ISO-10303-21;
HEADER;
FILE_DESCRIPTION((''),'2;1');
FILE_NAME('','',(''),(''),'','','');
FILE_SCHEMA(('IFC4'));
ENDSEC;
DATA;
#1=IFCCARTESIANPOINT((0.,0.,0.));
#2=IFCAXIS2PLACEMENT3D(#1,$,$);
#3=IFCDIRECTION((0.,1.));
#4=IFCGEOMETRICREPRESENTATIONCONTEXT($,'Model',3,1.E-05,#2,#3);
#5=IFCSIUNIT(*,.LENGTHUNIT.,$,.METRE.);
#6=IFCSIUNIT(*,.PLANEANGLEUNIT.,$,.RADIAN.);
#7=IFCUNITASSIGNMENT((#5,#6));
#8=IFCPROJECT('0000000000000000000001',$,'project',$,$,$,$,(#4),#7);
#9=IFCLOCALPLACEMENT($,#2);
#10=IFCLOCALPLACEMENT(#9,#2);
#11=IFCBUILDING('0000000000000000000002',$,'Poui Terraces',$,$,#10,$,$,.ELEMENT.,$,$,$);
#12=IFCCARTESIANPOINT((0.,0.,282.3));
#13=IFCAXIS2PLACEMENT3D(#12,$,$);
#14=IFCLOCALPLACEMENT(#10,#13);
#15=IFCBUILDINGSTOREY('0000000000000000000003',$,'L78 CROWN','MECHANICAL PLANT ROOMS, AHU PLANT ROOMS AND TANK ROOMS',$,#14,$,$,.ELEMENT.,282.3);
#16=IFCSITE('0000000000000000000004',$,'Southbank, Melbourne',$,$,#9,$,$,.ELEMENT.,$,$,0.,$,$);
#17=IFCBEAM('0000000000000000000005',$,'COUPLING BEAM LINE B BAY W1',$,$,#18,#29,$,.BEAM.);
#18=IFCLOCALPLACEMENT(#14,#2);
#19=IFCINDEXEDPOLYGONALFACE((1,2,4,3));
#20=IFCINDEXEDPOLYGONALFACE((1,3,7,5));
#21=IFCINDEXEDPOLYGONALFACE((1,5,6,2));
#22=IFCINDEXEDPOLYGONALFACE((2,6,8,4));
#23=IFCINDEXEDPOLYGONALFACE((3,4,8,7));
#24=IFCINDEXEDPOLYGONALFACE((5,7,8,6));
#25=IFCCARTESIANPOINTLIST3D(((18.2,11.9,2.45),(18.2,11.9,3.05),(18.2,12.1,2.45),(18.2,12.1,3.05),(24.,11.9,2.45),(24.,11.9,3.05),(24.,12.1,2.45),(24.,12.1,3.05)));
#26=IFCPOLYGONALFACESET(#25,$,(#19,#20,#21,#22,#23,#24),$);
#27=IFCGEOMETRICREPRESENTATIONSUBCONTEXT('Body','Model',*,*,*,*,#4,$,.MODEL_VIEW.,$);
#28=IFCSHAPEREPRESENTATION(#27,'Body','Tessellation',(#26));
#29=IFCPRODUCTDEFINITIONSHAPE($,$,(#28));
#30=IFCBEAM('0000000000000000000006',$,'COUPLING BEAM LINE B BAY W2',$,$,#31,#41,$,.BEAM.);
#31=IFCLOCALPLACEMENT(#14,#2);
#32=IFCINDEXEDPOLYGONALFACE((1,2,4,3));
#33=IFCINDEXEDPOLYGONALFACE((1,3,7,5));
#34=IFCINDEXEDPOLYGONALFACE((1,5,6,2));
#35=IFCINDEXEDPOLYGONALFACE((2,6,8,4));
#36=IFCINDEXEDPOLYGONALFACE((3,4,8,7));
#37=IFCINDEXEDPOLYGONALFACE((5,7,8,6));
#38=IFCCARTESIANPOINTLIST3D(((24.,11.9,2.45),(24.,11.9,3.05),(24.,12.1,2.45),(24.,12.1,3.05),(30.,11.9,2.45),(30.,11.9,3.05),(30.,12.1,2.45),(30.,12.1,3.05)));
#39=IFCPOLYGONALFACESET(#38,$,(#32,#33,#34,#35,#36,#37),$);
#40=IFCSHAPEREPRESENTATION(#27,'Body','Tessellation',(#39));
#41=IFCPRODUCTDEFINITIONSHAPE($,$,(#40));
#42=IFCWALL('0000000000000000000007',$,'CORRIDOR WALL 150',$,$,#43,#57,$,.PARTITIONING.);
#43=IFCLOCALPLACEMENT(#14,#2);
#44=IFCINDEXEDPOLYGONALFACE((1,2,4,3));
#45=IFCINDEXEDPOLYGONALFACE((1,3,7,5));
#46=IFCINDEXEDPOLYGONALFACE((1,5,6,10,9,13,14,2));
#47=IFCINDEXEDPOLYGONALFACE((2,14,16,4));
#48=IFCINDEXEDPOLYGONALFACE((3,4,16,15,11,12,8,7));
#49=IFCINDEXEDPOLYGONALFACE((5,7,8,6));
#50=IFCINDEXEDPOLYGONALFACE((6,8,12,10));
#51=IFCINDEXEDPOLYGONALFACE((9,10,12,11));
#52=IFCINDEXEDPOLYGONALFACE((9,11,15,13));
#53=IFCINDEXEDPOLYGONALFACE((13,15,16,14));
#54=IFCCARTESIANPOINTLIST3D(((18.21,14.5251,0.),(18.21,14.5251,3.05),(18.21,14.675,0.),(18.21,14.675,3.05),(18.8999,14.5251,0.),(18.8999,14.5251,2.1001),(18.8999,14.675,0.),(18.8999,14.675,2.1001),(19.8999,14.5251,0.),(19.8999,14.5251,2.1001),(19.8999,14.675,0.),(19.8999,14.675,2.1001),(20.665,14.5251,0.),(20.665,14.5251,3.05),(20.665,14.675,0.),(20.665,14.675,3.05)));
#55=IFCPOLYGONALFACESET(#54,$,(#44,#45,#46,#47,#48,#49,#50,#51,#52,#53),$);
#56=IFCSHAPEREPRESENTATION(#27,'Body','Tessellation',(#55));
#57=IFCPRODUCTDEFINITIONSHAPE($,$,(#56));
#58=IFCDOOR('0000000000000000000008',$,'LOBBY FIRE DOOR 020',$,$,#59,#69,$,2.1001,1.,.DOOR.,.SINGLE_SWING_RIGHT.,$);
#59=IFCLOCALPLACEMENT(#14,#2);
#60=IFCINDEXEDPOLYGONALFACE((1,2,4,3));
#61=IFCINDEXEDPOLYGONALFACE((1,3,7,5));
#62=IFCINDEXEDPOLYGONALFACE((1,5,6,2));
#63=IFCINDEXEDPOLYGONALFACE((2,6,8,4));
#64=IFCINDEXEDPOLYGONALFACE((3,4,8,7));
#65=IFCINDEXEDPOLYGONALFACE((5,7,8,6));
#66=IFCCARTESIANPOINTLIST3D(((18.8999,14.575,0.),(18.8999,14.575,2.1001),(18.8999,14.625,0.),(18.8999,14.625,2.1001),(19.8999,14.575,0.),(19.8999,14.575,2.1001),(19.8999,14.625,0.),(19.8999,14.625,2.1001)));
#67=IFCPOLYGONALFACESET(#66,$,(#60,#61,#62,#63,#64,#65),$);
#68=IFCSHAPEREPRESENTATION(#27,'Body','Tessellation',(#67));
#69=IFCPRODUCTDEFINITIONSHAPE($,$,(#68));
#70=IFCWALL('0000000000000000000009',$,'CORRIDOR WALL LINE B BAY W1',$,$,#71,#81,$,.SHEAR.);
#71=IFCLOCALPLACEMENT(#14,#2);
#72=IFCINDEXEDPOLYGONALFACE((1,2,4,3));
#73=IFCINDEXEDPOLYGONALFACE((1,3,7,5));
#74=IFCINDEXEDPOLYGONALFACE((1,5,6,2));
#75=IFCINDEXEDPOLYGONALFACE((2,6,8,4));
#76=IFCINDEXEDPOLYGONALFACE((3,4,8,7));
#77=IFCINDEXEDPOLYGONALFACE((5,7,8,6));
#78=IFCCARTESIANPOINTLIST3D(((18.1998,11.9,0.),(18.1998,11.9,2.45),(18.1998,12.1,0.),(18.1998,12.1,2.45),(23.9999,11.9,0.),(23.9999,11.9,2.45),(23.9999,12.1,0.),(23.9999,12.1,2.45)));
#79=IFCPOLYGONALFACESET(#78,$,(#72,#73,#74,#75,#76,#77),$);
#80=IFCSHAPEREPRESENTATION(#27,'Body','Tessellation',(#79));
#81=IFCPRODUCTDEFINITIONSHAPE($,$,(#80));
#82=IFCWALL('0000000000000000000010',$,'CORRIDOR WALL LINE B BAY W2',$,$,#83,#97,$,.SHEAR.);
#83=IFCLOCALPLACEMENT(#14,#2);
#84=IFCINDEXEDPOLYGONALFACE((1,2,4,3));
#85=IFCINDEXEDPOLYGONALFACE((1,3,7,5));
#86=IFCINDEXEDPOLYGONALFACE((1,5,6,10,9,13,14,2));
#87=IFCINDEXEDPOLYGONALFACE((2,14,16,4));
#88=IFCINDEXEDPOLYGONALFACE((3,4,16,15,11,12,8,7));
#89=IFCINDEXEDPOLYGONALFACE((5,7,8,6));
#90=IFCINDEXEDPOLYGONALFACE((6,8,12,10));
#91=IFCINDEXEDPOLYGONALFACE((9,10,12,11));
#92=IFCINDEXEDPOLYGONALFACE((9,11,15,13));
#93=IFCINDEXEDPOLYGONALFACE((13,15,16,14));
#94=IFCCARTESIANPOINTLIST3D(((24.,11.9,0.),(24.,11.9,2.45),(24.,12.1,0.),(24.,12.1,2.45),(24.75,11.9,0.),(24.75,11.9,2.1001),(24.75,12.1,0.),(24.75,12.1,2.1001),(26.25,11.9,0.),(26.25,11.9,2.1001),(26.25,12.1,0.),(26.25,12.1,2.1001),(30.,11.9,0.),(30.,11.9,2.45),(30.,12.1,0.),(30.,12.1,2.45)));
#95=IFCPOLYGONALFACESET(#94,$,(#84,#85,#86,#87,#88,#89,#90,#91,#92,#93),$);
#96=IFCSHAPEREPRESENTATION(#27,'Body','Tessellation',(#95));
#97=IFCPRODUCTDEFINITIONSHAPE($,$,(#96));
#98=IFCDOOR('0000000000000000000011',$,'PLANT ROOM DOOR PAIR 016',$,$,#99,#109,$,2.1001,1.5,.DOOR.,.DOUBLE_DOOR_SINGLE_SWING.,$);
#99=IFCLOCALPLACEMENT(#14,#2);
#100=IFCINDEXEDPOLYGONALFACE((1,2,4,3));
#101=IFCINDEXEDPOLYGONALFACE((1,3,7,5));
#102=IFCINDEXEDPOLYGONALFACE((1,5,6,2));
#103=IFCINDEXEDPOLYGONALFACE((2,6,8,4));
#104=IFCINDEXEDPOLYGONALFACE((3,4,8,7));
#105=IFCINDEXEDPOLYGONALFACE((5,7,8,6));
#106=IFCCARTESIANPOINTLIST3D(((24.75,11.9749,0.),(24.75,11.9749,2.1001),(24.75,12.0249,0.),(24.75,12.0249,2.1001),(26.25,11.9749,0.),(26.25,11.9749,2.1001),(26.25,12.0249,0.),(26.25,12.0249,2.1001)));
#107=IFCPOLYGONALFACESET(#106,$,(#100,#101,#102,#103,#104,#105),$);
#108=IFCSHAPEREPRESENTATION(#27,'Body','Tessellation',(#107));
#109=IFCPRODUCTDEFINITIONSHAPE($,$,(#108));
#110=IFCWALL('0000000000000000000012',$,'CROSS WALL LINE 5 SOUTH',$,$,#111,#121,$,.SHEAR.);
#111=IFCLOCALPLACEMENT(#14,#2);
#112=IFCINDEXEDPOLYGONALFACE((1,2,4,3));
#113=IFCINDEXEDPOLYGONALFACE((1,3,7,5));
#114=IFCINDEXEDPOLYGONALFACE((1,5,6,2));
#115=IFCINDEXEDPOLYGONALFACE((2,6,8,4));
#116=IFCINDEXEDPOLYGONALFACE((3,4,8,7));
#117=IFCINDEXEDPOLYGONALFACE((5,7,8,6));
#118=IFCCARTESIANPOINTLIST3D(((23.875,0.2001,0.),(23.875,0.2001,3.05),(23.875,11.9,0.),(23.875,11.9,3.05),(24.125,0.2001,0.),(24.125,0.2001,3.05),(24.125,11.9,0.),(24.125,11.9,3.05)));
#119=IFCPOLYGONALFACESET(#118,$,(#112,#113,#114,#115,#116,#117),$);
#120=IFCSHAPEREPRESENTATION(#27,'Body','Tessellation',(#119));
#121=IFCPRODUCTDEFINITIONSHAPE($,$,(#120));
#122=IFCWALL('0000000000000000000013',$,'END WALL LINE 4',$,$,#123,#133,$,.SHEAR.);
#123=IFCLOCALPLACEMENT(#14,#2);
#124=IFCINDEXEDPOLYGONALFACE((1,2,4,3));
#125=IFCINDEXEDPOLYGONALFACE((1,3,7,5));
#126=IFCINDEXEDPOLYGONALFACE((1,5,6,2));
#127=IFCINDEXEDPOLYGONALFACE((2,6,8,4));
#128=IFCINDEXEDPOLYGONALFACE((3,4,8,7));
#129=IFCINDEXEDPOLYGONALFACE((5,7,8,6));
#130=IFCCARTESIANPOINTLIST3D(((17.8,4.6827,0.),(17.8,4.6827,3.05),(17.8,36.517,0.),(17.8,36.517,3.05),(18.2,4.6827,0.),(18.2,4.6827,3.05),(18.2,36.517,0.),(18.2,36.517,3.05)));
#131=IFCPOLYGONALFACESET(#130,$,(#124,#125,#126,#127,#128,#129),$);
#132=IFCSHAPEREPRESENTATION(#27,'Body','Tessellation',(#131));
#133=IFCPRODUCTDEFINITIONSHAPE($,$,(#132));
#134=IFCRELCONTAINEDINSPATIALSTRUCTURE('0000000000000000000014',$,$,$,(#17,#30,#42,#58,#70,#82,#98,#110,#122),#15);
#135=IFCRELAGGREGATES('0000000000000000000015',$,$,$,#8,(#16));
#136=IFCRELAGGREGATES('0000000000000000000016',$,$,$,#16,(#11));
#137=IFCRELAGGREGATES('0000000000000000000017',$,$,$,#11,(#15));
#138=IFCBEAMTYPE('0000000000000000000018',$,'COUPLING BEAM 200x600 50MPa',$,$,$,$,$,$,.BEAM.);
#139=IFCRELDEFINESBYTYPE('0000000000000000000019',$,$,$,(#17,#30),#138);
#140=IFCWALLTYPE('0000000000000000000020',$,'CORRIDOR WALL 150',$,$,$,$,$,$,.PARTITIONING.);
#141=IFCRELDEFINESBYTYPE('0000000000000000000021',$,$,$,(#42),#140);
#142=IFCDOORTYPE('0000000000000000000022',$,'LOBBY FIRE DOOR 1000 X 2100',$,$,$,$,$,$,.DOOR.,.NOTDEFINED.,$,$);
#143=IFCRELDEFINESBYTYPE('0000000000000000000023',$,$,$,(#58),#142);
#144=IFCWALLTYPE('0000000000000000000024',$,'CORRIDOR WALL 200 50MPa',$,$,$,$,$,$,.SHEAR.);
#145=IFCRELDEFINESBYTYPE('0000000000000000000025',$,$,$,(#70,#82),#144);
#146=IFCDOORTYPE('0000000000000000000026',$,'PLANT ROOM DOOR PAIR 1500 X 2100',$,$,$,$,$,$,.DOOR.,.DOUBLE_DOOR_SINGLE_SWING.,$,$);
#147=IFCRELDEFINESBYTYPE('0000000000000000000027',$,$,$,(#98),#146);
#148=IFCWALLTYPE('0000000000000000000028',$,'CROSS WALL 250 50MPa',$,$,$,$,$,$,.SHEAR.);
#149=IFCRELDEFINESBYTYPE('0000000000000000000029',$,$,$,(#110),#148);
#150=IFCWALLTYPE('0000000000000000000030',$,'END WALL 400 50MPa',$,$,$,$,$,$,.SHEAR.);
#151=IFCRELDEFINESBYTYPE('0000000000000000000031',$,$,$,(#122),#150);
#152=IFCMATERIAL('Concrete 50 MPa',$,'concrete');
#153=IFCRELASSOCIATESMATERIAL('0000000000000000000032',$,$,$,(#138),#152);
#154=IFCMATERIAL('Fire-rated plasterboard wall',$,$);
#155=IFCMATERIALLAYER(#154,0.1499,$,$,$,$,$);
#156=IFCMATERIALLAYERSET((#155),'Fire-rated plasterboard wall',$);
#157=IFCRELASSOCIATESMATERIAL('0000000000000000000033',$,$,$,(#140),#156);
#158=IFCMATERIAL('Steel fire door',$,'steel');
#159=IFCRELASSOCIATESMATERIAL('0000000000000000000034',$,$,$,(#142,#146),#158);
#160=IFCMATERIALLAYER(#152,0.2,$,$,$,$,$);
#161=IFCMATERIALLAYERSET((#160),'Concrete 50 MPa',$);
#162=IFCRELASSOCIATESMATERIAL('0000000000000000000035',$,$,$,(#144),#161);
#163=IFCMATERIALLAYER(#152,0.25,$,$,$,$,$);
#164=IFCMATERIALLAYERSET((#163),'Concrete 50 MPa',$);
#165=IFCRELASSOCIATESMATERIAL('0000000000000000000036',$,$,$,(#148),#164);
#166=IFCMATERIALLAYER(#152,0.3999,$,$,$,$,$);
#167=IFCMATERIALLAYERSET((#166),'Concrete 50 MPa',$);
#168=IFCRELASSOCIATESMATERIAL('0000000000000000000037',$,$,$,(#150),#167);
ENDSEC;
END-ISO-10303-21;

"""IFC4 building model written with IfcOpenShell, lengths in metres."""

from ifc_helpers import new_model, si_unit, direction, frame, frame_2d, origin, origin_2d, place, context, subcontext, project, spatial, rectangle, extrude, source, transform, mapped, material, layer, layer_set, material_profile, profile_set, type_object, element, fill, save


model = new_model("IFC4")

# Units and contexts
model_context = context("Model", 3, precision=1e-05, world=origin(), true_north=direction((0.0, 1.0)))
body_context = subcontext(model_context, "Body", "Model", "MODEL_VIEW")
ifc_project = project(units=[si_unit("LENGTHUNIT", "METRE"), si_unit("PLANEANGLEUNIT", "RADIAN")], contexts=[model_context])

# Site, building, storey
site_placement = place(None, origin())
site = spatial("IfcSite", under=ifc_project, at=site_placement, Name="Southbank, Melbourne", CompositionType="ELEMENT", RefElevation=0.0)
building_placement = place(site_placement, origin())
building = spatial("IfcBuilding", under=site, at=building_placement, Name="Poui Terraces", CompositionType="ELEMENT")
storey_placement = place(building_placement, frame((0.0, 0.0, 282.3)))
storey = spatial("IfcBuildingStorey", under=building, at=storey_placement, Name="L78 CROWN", Description="MECHANICAL PLANT ROOMS, AHU PLANT ROOMS AND TANK ROOMS", CompositionType="ELEMENT", Elevation=282.3)

# Beams
ifc_material_1 = material(Name="Concrete 50 MPa", Category="concrete")
ifc_material_profile_1 = material_profile(ifc_material_1, rectangle(XDim=0.2, YDim=0.6001, at=origin_2d()), Name="RC 200x600")
ifc_profile_set_1 = profile_set([ifc_material_profile_1], Name="Concrete 50 MPa")
beam_type = type_object("IfcBeamType", Name="COUPLING BEAM 200x600 50MPa", PredefinedType="BEAM", material=ifc_profile_set_1)
shared_shape_1 = source(origin(), body_context, "Body", "SweptSolid", [
    extrude(rectangle(XDim=0.2, YDim=0.6001, at=origin_2d()), origin(), (0.0, 0.0, 1.0), 5.8),
])
beam_1_placement = place(storey_placement, frame((18.2, 12.0, 2.75), z_axis=(1.0, 0.0, 0.0), x_axis=(0.0, 1.0, 0.0)))
element("IfcBeam", 1, at=beam_1_placement, inside=storey, type_object=beam_type, Name="COUPLING BEAM LINE B BAY W1", PredefinedType="BEAM", context=body_context, shape_type="MappedRepresentation", body=[
    mapped(shared_shape_1, transform((0.0, 0.0, 0.0))),
])
shared_shape_2 = source(origin(), body_context, "Body", "SweptSolid", [
    extrude(rectangle(XDim=0.2, YDim=0.6001, at=origin_2d()), origin(), (0.0, 0.0, 1.0), 6.0),
])
beam_2_placement = place(storey_placement, frame((24.0, 12.0, 2.75), z_axis=(1.0, 0.0, 0.0), x_axis=(0.0, 1.0, 0.0)))
element("IfcBeam", 2, at=beam_2_placement, inside=storey, type_object=beam_type, Name="COUPLING BEAM LINE B BAY W2", PredefinedType="BEAM", context=body_context, shape_type="MappedRepresentation", body=[
    mapped(shared_shape_2, transform((0.0, 0.0, 0.0))),
])

# Wall, opening, door
ifc_material_2 = material(Name="Fire-rated plasterboard wall")
ifc_layer_1 = layer(ifc_material_2, 0.1499)
ifc_layer_set_1 = layer_set([ifc_layer_1], Name="Fire-rated plasterboard wall")
wall_type_1 = type_object("IfcWallType", Name="CORRIDOR WALL 150", PredefinedType="PARTITIONING", material=ifc_layer_set_1)
wall_1_placement = place(storey_placement, frame((18.21, 14.6001, 0.0), z_axis=(0.0, 0.0, 1.0), x_axis=(1.0, 0.0, 0.0)))
wall_1 = element("IfcWall", 3, at=wall_1_placement, inside=storey, type_object=wall_type_1, Name="CORRIDOR WALL 150", PredefinedType="PARTITIONING", context=body_context, shape_type="SweptSolid", body=[
    extrude(rectangle(XDim=2.4551, YDim=0.1499, at=frame_2d((1.2275, 0.0))), origin(), (0.0, 0.0, 1.0), 3.05),
])
opening_1_placement = place(wall_1_placement, frame((0.6899, 0.0, 0.0)))
opening_1 = element("IfcOpeningElement", 4, at=opening_1_placement, cuts=wall_1, PredefinedType="OPENING", context=body_context, shape_type="SweptSolid", body=[
    extrude(rectangle(XDim=1.0, YDim=2.1001, at=frame_2d((0.5, 1.05))), frame((0.0, 0.085, 0.0), z_axis=(0.0, -1.0, 0.0), x_axis=(1.0, 0.0, 0.0)), (0.0, 0.0, 1.0), 0.1699),
])
ifc_material_3 = material(Name="Steel fire door", Category="steel")
door_type_1 = type_object("IfcDoorType", Name="LOBBY FIRE DOOR 1000 X 2100", OperationType="NOTDEFINED", PredefinedType="DOOR", material=ifc_material_3)
door_1_placement = place(opening_1_placement, origin())
door_1 = element("IfcDoor", 5, at=door_1_placement, inside=storey, type_object=door_type_1, Name="LOBBY FIRE DOOR 020", OperationType="SINGLE_SWING_RIGHT", OverallHeight=2.1001, OverallWidth=1.0, PredefinedType="DOOR", context=body_context, shape_type="SweptSolid", body=[
    extrude(rectangle(XDim=1.0, YDim=2.1001, at=frame_2d((0.5, 1.05))), frame((0.0, 0.0249, 0.0), z_axis=(0.0, -1.0, 0.0), x_axis=(1.0, 0.0, 0.0)), (0.0, 0.0, 1.0), 0.05),
])
fill(opening_1, door_1)

# Wall
ifc_layer_2 = layer(ifc_material_1, 0.2)
ifc_layer_set_2 = layer_set([ifc_layer_2], Name="Concrete 50 MPa")
wall_type_2 = type_object("IfcWallType", Name="CORRIDOR WALL 200 50MPa", PredefinedType="SHEAR", material=ifc_layer_set_2)
wall_2_placement = place(storey_placement, frame((18.2, 12.0, 0.0), z_axis=(0.0, 0.0, 1.0), x_axis=(1.0, 0.0, 0.0)))
element("IfcWall", 6, at=wall_2_placement, inside=storey, type_object=wall_type_2, Name="CORRIDOR WALL LINE B BAY W1", PredefinedType="SHEAR", context=body_context, shape_type="SweptSolid", body=[
    extrude(rectangle(XDim=5.8, YDim=0.2, at=frame_2d((2.8999, 0.0))), origin(), (0.0, 0.0, 1.0), 2.45),
])

# Wall, opening, door
wall_3_placement = place(storey_placement, frame((24.0, 12.0, 0.0), z_axis=(0.0, 0.0, 1.0), x_axis=(1.0, 0.0, 0.0)))
wall_3 = element("IfcWall", 7, at=wall_3_placement, inside=storey, type_object=wall_type_2, Name="CORRIDOR WALL LINE B BAY W2", PredefinedType="SHEAR", context=body_context, shape_type="SweptSolid", body=[
    extrude(rectangle(XDim=6.0, YDim=0.2, at=frame_2d((3.0, 0.0))), origin(), (0.0, 0.0, 1.0), 2.45),
])
opening_2_placement = place(wall_3_placement, frame((0.75, 0.0, 0.0)))
opening_2 = element("IfcOpeningElement", 8, at=opening_2_placement, cuts=wall_3, PredefinedType="OPENING", context=body_context, shape_type="SweptSolid", body=[
    extrude(rectangle(XDim=1.5, YDim=2.1001, at=frame_2d((0.75, 1.05))), frame((0.0, 0.1099, 0.0), z_axis=(0.0, -1.0, 0.0), x_axis=(1.0, 0.0, 0.0)), (0.0, 0.0, 1.0), 0.22),
])
door_type_2 = type_object("IfcDoorType", Name="PLANT ROOM DOOR PAIR 1500 X 2100", OperationType="DOUBLE_DOOR_SINGLE_SWING", PredefinedType="DOOR", material=ifc_material_3)
door_2_placement = place(opening_2_placement, origin())
door_2 = element("IfcDoor", 9, at=door_2_placement, inside=storey, type_object=door_type_2, Name="PLANT ROOM DOOR PAIR 016", OperationType="DOUBLE_DOOR_SINGLE_SWING", OverallHeight=2.1001, OverallWidth=1.5, PredefinedType="DOOR", context=body_context, shape_type="SweptSolid", body=[
    extrude(rectangle(XDim=1.5, YDim=2.1001, at=frame_2d((0.75, 1.05))), frame((0.0, 0.0249, 0.0), z_axis=(0.0, -1.0, 0.0), x_axis=(1.0, 0.0, 0.0)), (0.0, 0.0, 1.0), 0.05),
])
fill(opening_2, door_2)

# Walls
ifc_layer_3 = layer(ifc_material_1, 0.25)
ifc_layer_set_3 = layer_set([ifc_layer_3], Name="Concrete 50 MPa")
wall_type_3 = type_object("IfcWallType", Name="CROSS WALL 250 50MPa", PredefinedType="SHEAR", material=ifc_layer_set_3)
wall_4_placement = place(storey_placement, frame((24.0, 0.2, 0.0), z_axis=(0.0, 0.0, 1.0), x_axis=(0.0, 1.0, 0.0)))
element("IfcWall", 10, at=wall_4_placement, inside=storey, type_object=wall_type_3, Name="CROSS WALL LINE 5 SOUTH", PredefinedType="SHEAR", context=body_context, shape_type="SweptSolid", body=[
    extrude(rectangle(XDim=11.7, YDim=0.25, at=frame_2d((5.8501, 0.0))), origin(), (0.0, 0.0, 1.0), 3.05),
])
ifc_layer_4 = layer(ifc_material_1, 0.3999)
ifc_layer_set_4 = layer_set([ifc_layer_4], Name="Concrete 50 MPa")
wall_type_4 = type_object("IfcWallType", Name="END WALL 400 50MPa", PredefinedType="SHEAR", material=ifc_layer_set_4)
wall_5_placement = place(storey_placement, frame((18.0, 4.6829, 0.0), z_axis=(0.0, 0.0, 1.0), x_axis=(0.0, 1.0, 0.0)))
element("IfcWall", 11, at=wall_5_placement, inside=storey, type_object=wall_type_4, Name="END WALL LINE 4", PredefinedType="SHEAR", context=body_context, shape_type="SweptSolid", body=[
    extrude(rectangle(XDim=31.8342, YDim=0.3999, at=frame_2d((15.917, 0.0))), origin(), (0.0, 0.0, 1.0), 3.05),
])

save(model, "model.ifc")
